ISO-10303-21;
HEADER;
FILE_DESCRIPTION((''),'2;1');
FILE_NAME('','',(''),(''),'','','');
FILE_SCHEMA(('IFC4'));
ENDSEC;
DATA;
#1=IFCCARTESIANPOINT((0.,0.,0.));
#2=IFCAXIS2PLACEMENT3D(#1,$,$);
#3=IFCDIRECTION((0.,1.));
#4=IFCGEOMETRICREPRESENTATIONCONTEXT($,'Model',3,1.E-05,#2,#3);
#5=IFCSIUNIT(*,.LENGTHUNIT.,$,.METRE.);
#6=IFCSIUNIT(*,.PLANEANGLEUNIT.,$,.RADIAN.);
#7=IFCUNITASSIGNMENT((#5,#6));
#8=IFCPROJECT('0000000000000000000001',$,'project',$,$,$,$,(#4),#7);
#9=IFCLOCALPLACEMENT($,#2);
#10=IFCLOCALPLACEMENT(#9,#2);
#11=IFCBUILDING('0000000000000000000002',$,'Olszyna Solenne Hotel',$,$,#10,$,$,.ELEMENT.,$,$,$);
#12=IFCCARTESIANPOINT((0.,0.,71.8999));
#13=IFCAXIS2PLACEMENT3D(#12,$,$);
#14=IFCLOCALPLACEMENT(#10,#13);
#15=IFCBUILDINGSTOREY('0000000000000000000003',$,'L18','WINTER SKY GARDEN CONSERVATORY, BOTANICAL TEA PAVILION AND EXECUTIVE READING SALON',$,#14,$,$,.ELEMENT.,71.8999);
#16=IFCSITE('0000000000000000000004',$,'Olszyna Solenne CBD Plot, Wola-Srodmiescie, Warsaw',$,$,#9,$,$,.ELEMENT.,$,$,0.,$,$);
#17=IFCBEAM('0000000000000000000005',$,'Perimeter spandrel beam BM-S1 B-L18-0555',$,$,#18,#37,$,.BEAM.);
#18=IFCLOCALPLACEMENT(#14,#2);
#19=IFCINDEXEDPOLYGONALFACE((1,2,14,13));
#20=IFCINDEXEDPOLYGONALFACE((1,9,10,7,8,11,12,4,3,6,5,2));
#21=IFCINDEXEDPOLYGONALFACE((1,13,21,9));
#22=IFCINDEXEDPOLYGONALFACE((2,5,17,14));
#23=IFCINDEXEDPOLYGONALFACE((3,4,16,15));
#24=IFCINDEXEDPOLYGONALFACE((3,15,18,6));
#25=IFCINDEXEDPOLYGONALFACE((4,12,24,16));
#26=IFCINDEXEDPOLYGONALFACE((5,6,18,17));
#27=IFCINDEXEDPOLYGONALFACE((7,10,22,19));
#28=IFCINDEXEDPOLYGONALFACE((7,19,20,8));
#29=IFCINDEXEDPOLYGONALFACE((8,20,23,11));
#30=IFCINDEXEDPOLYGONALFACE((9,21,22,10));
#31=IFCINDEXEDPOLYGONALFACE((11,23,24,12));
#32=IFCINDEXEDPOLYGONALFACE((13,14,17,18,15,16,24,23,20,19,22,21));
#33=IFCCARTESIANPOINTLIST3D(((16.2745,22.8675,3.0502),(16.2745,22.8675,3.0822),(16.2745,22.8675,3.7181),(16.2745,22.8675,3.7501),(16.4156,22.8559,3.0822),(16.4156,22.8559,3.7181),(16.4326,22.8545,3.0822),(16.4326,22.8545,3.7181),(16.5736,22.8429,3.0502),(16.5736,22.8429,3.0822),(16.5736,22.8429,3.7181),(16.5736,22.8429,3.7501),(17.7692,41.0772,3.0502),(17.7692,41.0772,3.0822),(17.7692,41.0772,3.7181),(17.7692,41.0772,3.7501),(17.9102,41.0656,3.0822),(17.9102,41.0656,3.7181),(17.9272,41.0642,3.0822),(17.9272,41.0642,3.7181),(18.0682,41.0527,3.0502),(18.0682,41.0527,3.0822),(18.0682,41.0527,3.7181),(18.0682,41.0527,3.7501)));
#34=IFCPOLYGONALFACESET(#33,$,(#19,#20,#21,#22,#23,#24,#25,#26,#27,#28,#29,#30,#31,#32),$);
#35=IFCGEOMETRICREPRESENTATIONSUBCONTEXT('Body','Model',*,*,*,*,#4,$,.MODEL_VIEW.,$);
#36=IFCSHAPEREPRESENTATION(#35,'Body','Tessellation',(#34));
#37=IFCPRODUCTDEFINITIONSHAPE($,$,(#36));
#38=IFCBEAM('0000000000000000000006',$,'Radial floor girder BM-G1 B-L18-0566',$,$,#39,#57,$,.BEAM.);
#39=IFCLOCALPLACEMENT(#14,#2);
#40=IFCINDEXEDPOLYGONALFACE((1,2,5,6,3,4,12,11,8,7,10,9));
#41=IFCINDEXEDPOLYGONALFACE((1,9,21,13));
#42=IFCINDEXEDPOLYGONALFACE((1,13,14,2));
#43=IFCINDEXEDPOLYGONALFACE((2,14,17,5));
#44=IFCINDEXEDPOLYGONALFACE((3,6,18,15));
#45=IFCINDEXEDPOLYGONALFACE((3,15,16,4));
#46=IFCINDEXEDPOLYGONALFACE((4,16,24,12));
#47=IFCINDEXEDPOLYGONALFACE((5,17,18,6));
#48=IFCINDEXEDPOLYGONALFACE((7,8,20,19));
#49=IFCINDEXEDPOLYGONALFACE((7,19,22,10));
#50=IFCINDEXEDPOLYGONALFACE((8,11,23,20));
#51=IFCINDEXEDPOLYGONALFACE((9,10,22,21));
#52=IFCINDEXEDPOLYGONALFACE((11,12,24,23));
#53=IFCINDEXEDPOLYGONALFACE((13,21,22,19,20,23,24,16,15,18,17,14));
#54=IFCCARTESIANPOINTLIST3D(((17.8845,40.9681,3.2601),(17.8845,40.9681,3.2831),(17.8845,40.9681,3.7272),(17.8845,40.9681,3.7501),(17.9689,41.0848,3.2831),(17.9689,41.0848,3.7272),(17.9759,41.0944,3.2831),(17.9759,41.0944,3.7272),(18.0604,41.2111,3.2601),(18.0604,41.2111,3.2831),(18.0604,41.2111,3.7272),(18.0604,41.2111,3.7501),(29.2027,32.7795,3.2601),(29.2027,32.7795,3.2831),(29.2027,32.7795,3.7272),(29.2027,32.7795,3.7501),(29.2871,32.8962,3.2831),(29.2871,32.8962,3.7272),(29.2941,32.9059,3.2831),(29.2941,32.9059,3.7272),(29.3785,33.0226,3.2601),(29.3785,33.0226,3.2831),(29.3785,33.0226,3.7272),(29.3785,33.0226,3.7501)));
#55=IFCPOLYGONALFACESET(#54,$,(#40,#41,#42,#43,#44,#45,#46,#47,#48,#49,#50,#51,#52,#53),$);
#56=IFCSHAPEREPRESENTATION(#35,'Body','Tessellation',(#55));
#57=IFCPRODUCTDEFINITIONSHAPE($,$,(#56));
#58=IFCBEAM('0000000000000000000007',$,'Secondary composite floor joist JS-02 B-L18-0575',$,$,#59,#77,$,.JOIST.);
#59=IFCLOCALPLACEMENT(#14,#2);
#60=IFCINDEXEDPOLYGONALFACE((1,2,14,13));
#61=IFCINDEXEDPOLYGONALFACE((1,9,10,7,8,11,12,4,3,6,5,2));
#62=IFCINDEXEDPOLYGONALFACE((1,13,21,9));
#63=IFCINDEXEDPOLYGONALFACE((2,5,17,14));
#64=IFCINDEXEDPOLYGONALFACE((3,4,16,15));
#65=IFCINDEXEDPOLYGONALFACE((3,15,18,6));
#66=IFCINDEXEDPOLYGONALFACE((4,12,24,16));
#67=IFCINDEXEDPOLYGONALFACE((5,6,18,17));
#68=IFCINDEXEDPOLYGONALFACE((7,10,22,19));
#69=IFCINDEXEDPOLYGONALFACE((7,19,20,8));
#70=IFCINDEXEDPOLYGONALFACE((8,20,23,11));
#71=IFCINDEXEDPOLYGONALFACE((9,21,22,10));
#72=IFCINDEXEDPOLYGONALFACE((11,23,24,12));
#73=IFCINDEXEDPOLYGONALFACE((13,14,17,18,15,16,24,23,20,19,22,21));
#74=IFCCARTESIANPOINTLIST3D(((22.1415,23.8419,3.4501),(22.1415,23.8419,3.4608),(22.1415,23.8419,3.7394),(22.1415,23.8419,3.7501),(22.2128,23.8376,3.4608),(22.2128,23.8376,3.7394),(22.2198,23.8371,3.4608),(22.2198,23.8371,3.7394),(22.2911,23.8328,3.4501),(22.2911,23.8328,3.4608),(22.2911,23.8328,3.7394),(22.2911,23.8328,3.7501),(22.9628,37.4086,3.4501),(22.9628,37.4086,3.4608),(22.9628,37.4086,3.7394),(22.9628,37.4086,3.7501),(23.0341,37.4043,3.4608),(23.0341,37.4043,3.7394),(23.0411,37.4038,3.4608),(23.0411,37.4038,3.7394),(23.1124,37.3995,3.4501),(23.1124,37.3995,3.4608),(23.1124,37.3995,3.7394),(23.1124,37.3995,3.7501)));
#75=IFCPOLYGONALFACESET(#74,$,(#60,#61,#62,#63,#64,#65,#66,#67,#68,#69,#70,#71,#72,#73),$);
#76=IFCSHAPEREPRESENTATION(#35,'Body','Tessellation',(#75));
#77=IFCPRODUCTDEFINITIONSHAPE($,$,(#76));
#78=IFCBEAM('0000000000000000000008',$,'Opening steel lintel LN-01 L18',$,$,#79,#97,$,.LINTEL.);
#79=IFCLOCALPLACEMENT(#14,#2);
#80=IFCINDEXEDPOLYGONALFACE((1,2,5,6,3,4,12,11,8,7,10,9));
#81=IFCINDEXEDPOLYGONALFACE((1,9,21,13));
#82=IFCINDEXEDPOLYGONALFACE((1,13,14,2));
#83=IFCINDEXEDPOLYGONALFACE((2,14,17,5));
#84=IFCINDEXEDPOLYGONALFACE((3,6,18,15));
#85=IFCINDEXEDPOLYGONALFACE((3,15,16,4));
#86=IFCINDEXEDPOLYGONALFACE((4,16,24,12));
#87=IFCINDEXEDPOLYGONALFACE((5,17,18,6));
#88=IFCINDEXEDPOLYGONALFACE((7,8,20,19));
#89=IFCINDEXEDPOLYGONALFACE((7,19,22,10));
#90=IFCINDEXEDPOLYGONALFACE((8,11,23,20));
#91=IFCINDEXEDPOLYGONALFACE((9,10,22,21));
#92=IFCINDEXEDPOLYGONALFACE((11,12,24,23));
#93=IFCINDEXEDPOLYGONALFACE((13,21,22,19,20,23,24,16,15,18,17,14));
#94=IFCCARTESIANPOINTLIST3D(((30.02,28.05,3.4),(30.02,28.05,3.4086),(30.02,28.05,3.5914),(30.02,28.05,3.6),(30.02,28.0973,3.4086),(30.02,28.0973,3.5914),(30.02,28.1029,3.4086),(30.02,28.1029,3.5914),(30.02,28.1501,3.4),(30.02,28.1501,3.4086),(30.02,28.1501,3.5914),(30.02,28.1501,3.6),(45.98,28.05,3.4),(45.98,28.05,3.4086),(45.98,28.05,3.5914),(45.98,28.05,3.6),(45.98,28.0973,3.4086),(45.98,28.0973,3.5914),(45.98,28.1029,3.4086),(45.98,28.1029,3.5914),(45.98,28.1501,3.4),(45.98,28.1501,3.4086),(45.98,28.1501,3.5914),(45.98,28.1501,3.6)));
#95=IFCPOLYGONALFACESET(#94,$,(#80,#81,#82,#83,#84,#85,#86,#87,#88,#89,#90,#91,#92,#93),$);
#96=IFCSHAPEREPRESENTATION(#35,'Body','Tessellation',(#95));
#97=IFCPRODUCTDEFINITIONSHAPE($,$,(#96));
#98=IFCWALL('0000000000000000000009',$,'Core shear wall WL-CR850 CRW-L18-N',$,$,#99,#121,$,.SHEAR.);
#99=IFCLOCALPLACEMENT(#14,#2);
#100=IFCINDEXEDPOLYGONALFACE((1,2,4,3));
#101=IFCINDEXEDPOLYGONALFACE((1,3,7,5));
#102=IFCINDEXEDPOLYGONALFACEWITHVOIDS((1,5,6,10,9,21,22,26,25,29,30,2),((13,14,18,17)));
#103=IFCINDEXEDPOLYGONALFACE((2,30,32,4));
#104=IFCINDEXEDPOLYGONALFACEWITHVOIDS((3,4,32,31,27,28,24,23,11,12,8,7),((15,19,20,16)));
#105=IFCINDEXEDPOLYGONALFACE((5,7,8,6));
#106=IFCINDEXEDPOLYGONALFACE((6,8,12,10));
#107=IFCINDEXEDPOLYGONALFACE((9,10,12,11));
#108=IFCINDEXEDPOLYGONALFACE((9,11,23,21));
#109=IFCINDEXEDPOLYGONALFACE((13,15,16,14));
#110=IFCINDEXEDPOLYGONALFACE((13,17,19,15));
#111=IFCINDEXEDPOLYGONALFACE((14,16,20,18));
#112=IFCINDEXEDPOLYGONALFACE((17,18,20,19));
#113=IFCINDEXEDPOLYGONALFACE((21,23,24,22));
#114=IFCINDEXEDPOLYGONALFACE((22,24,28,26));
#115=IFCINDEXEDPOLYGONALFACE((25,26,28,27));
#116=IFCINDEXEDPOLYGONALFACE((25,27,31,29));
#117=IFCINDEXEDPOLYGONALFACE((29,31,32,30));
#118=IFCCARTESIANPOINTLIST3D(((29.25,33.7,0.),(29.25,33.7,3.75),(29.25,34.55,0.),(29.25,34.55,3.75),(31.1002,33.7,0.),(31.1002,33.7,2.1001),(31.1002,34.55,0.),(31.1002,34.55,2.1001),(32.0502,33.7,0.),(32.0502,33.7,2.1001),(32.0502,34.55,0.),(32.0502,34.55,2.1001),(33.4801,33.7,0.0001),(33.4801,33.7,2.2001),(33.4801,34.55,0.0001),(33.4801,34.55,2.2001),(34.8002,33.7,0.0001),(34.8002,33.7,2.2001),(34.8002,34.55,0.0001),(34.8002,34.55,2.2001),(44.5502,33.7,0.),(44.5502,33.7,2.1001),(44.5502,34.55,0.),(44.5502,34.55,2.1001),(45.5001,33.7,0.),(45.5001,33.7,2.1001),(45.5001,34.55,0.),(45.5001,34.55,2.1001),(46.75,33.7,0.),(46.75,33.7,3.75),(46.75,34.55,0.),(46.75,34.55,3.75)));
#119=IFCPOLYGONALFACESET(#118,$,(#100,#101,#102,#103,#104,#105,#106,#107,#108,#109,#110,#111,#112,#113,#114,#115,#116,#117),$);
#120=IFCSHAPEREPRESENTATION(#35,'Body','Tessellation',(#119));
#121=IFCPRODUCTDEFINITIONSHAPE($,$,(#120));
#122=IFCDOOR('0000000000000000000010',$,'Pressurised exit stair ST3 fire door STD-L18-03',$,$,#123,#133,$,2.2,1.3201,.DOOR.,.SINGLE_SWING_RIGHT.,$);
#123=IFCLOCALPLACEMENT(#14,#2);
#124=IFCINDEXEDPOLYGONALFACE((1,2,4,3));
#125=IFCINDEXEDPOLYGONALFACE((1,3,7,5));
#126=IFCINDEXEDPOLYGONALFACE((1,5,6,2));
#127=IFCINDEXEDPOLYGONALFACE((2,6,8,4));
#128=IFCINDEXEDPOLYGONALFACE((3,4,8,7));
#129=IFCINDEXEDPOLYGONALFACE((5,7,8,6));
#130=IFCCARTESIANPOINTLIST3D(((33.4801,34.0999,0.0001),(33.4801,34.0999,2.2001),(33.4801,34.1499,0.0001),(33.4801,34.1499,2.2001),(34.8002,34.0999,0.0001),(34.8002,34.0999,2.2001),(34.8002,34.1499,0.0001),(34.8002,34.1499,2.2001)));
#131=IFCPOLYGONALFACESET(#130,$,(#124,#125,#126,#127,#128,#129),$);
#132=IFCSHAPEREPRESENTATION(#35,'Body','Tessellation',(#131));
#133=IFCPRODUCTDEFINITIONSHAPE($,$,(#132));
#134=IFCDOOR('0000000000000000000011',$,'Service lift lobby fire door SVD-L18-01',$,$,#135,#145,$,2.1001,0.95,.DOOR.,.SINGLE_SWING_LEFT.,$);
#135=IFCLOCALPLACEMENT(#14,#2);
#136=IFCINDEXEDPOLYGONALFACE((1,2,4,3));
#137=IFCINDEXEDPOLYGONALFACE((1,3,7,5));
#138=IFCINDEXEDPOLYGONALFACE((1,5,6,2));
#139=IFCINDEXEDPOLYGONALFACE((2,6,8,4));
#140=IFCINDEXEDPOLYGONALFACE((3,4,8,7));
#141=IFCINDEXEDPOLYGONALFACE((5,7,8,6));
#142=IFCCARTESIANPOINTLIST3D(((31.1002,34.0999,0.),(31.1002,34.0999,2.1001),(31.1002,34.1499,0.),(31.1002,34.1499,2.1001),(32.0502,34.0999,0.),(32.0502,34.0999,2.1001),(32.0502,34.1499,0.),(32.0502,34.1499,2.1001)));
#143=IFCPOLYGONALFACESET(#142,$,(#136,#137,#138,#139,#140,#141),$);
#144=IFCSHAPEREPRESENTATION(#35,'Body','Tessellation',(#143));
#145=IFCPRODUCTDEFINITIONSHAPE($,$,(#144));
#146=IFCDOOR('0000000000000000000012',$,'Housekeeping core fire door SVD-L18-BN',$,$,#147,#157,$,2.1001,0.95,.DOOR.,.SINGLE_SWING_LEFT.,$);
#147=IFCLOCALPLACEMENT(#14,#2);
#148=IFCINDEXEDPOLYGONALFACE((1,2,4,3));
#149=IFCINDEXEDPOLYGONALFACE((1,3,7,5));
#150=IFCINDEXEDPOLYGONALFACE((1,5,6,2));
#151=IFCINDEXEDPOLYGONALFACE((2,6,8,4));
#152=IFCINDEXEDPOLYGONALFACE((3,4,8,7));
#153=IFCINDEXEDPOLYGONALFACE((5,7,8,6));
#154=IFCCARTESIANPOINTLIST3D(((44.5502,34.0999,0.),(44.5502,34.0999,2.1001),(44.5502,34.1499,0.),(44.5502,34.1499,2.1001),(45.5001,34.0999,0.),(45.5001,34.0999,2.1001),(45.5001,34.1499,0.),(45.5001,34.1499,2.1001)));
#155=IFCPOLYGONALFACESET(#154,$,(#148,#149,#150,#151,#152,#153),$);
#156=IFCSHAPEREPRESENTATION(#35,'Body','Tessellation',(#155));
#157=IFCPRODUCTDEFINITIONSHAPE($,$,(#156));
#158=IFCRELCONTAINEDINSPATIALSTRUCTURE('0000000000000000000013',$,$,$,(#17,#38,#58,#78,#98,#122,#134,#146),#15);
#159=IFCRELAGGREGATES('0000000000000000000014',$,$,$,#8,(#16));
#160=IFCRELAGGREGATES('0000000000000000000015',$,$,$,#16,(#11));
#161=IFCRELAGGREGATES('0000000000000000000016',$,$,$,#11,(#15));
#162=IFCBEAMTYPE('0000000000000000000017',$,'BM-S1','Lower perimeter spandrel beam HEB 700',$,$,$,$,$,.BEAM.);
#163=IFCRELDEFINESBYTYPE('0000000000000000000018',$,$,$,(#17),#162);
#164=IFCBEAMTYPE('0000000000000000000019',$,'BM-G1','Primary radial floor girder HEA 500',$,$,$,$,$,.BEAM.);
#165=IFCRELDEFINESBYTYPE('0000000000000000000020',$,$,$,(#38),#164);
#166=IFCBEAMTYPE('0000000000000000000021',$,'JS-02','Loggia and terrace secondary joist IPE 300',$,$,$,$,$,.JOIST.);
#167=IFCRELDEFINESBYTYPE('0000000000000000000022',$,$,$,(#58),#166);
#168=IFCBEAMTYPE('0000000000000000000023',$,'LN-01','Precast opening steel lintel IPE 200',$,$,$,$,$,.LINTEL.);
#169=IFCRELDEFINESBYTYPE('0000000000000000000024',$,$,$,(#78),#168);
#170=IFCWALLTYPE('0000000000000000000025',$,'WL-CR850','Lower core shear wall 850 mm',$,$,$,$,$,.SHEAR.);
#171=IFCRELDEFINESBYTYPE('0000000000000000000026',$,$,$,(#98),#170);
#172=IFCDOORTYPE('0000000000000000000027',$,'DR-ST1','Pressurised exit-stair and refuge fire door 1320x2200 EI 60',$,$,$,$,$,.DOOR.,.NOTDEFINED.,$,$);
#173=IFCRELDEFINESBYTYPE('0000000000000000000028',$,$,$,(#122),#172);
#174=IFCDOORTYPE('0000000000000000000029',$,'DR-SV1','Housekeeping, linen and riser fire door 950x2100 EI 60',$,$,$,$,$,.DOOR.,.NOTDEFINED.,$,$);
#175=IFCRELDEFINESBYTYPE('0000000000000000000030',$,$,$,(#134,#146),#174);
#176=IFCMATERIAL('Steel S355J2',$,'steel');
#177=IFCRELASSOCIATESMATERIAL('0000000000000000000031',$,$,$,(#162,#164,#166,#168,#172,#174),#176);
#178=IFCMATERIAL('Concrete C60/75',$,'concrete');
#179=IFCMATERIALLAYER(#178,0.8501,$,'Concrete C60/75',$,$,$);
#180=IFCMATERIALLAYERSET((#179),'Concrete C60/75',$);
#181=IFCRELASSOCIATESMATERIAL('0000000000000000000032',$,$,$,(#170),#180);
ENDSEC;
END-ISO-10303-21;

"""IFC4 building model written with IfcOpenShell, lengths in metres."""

from ifc_helpers import new_model, si_unit, direction, frame, frame_2d, origin, origin_2d, place, context, subcontext, project, spatial, rectangle, i_section, extrude, source, transform, mapped, material, layer, layer_set, material_profile, profile_set, type_object, type_shapes, element, fill, save


model = new_model("IFC4")

# Units and contexts
model_context = context("Model", 3, precision=1e-05, world=origin(), true_north=direction((0.0, 1.0)))
body_context = subcontext(model_context, "Body", "Model", "MODEL_VIEW")
ifc_project = project(units=[si_unit("LENGTHUNIT", "METRE"), si_unit("PLANEANGLEUNIT", "RADIAN")], contexts=[model_context])

# Site, building, storey
site_placement = place(None, origin())
site = spatial("IfcSite", under=ifc_project, at=site_placement, Name="Olszyna Solenne CBD Plot, Wola-Srodmiescie, Warsaw", CompositionType="ELEMENT", RefElevation=0.0)
building_placement = place(site_placement, origin())
building = spatial("IfcBuilding", under=site, at=building_placement, Name="Olszyna Solenne Hotel", CompositionType="ELEMENT")
storey_placement = place(building_placement, frame((0.0, 0.0, 71.8999)))
storey = spatial("IfcBuildingStorey", under=building, at=storey_placement, Name="L18", Description="WINTER SKY GARDEN CONSERVATORY, BOTANICAL TEA PAVILION AND EXECUTIVE READING SALON", CompositionType="ELEMENT", Elevation=71.8999)

# Beams
ifc_material_1 = material(Name="Steel S355J2", Category="steel")
ifc_material_profile_1 = material_profile(ifc_material_1, i_section(OverallWidth=0.3, OverallDepth=0.7, WebThickness=0.0171, FlangeThickness=0.032, at=origin_2d()), Name="HEB 700", Category="load-bearing")
ifc_profile_set_1 = profile_set([ifc_material_profile_1], Name="Steel S355J2")
beam_type_1 = type_object("IfcBeamType", Name="BM-S1", Description="Lower perimeter spandrel beam HEB 700", PredefinedType="BEAM", material=ifc_profile_set_1)
shared_shape_1 = source(origin(), body_context, "Body", "SweptSolid", [
    extrude(i_section(OverallWidth=0.3, OverallDepth=0.7, WebThickness=0.0171, FlangeThickness=0.032, at=origin_2d()), origin(), (0.0, 0.0, 1.0), 18.271),
])
beam_1_placement = place(storey_placement, frame((17.9187, 41.0649, 3.4001), z_axis=(-0.081804, -0.996648, 0.0), x_axis=(0.996648, -0.081804, 0.0)))
element("IfcBeam", 1, at=beam_1_placement, inside=storey, type_object=beam_type_1, Name="Perimeter spandrel beam BM-S1 B-L18-0555", PredefinedType="BEAM", context=body_context, shape_type="MappedRepresentation", body=[
    mapped(shared_shape_1, transform((0.0, 0.0, 0.0), x_axis=(1.0, 0.0, 0.0), y_axis=(0.0, 1.0, 0.0), z_axis=(0.0, 0.0, 1.0), scale=1.0)),
])
ifc_material_profile_2 = material_profile(ifc_material_1, i_section(OverallWidth=0.3, OverallDepth=0.49, WebThickness=0.012, FlangeThickness=0.0229, at=origin_2d()), Name="HEA 500", Category="load-bearing")
ifc_profile_set_2 = profile_set([ifc_material_profile_2], Name="Steel S355J2")
beam_type_2 = type_object("IfcBeamType", Name="BM-G1", Description="Primary radial floor girder HEA 500", PredefinedType="BEAM", material=ifc_profile_set_2)
shared_shape_2 = source(origin(), body_context, "Body", "SweptSolid", [
    extrude(i_section(OverallWidth=0.3, OverallDepth=0.49, WebThickness=0.012, FlangeThickness=0.0229, at=origin_2d()), origin(), (0.0, 0.0, 1.0), 13.9697),
])
beam_2_placement = place(storey_placement, frame((17.9724, 41.0896, 3.5051), z_axis=(0.810194, -0.586162, 0.0), x_axis=(0.586162, 0.810194, 0.0)))
element("IfcBeam", 2, at=beam_2_placement, inside=storey, type_object=beam_type_2, Name="Radial floor girder BM-G1 B-L18-0566", PredefinedType="BEAM", context=body_context, shape_type="MappedRepresentation", body=[
    mapped(shared_shape_2, transform((0.0, 0.0, 0.0), x_axis=(1.0, 0.0, 0.0), y_axis=(0.0, 1.0, 0.0), z_axis=(0.0, 0.0, 1.0), scale=1.0)),
])
ifc_material_profile_3 = material_profile(ifc_material_1, i_section(OverallWidth=0.1499, OverallDepth=0.3, WebThickness=0.0071, FlangeThickness=0.0107, at=origin_2d()), Name="IPE 300", Category="load-bearing")
ifc_profile_set_3 = profile_set([ifc_material_profile_3], Name="Steel S355J2")
beam_type_3 = type_object("IfcBeamType", Name="JS-02", Description="Loggia and terrace secondary joist IPE 300", PredefinedType="JOIST", material=ifc_profile_set_3)
shared_shape_3 = source(origin(), body_context, "Body", "SweptSolid", [
    extrude(i_section(OverallWidth=0.1499, OverallDepth=0.3, WebThickness=0.0071, FlangeThickness=0.0107, at=origin_2d()), origin(), (0.0, 0.0, 1.0), 13.5916),
])
beam_3_placement = place(storey_placement, frame((23.0376, 37.4041, 3.6001), z_axis=(-0.060427, -0.998173, 0.0), x_axis=(0.998173, -0.060427, 0.0)))
element("IfcBeam", 3, at=beam_3_placement, inside=storey, type_object=beam_type_3, Name="Secondary composite floor joist JS-02 B-L18-0575", PredefinedType="JOIST", context=body_context, shape_type="MappedRepresentation", body=[
    mapped(shared_shape_3, transform((0.0, 0.0, 0.0), x_axis=(1.0, 0.0, 0.0), y_axis=(0.0, 1.0, 0.0), z_axis=(0.0, 0.0, 1.0), scale=1.0)),
])
ifc_material_profile_4 = material_profile(ifc_material_1, i_section(OverallWidth=0.1001, OverallDepth=0.2, WebThickness=0.0056, FlangeThickness=0.0085, at=origin_2d()), Name="IPE 200", Category="load-bearing")
ifc_profile_set_4 = profile_set([ifc_material_profile_4], Name="Steel S355J2")
beam_type_4 = type_object("IfcBeamType", Name="LN-01", Description="Precast opening steel lintel IPE 200", PredefinedType="LINTEL", material=ifc_profile_set_4)
shared_shape_4 = source(origin(), body_context, "Body", "SweptSolid", [
    extrude(i_section(OverallWidth=0.1001, OverallDepth=0.2, WebThickness=0.0056, FlangeThickness=0.0085, at=origin_2d()), origin(), (0.0, 0.0, 1.0), 15.96),
])
beam_4_placement = place(storey_placement, frame((30.02, 28.1001, 3.5), z_axis=(1.0, 0.0, 0.0), x_axis=(0.0, 1.0, 0.0)))
element("IfcBeam", 4, at=beam_4_placement, inside=storey, type_object=beam_type_4, Name="Opening steel lintel LN-01 L18", PredefinedType="LINTEL", context=body_context, shape_type="MappedRepresentation", body=[
    mapped(shared_shape_4, transform((0.0, 0.0, 0.0), x_axis=(1.0, 0.0, 0.0), y_axis=(0.0, 1.0, 0.0), z_axis=(0.0, 0.0, 1.0), scale=1.0)),
])

# Wall, openings, doors
ifc_material_2 = material(Name="Concrete C60/75", Category="concrete")
ifc_layer_1 = layer(ifc_material_2, 0.8501, Name="Concrete C60/75")
ifc_layer_set_1 = layer_set([ifc_layer_1], Name="Concrete C60/75")
wall_type_1 = type_object("IfcWallType", Name="WL-CR850", Description="Lower core shear wall 850 mm", PredefinedType="SHEAR", material=ifc_layer_set_1)
wall_1_placement = place(storey_placement, frame((29.25, 34.125, 0.0), z_axis=(0.0, 0.0, 1.0), x_axis=(1.0, 0.0, 0.0)))
wall_1 = element("IfcWall", 5, at=wall_1_placement, inside=storey, type_object=wall_type_1, Name="Core shear wall WL-CR850 CRW-L18-N", PredefinedType="SHEAR", context=body_context, shape_type="SweptSolid", body=[
    extrude(rectangle(XDim=17.5, YDim=0.8501, at=frame_2d((8.75, 0.0))), origin(), (0.0, 0.0, 1.0), 3.75),
])
opening_1_placement = place(wall_1_placement, frame((1.8501, 0.0, 0.0)))
opening_1 = element("IfcOpeningElement", 6, at=opening_1_placement, cuts=wall_1, PredefinedType="OPENING", context=body_context, shape_type="SweptSolid", body=[
    extrude(rectangle(XDim=0.95, YDim=2.1001, at=frame_2d((0.4751, 1.05))), frame((0.0, 0.4351, 0.0), z_axis=(0.0, -1.0, 0.0), x_axis=(1.0, 0.0, 0.0)), (0.0, 0.0, 1.0), 0.8701),
])
opening_2_placement = place(wall_1_placement, frame((4.23, 0.0, 0.0)))
opening_2 = element("IfcOpeningElement", 7, at=opening_2_placement, cuts=wall_1, PredefinedType="OPENING", context=body_context, shape_type="SweptSolid", body=[
    extrude(rectangle(XDim=1.3201, YDim=2.2, at=frame_2d((0.6602, 1.1001))), frame((0.0, 0.4351, 0.0), z_axis=(0.0, -1.0, 0.0), x_axis=(1.0, 0.0, 0.0)), (0.0, 0.0, 1.0), 0.8701),
])
opening_3_placement = place(wall_1_placement, frame((15.3, 0.0, 0.0)))
opening_3 = element("IfcOpeningElement", 8, at=opening_3_placement, cuts=wall_1, PredefinedType="OPENING", context=body_context, shape_type="SweptSolid", body=[
    extrude(rectangle(XDim=0.95, YDim=2.1001, at=frame_2d((0.4751, 1.05))), frame((0.0, 0.4351, 0.0), z_axis=(0.0, -1.0, 0.0), x_axis=(1.0, 0.0, 0.0)), (0.0, 0.0, 1.0), 0.8701),
])
door_type_1 = type_object("IfcDoorType", Name="DR-ST1", Description="Pressurised exit-stair and refuge fire door 1320x2200 EI 60", OperationType="NOTDEFINED", PredefinedType="DOOR", material=ifc_material_1)
shared_shape_5 = source(origin(), body_context, "Body", "SweptSolid", [
    extrude(rectangle(XDim=1.3201, YDim=2.2, at=frame_2d((0.6602, 1.1001))), frame((0.0, 0.0249, 0.0), z_axis=(0.0, -1.0, 0.0), x_axis=(1.0, 0.0, 0.0)), (0.0, 0.0, 1.0), 0.05),
])
type_shapes(door_type_1, [shared_shape_5])
door_1_placement = place(opening_2_placement, origin())
door_1 = element("IfcDoor", 9, at=door_1_placement, inside=storey, type_object=door_type_1, Name="Pressurised exit stair ST3 fire door STD-L18-03", OperationType="SINGLE_SWING_RIGHT", OverallHeight=2.2, OverallWidth=1.3201, PredefinedType="DOOR", context=body_context, shape_type="MappedRepresentation", body=[
    mapped(shared_shape_5, transform((0.0, 0.0, 0.0), x_axis=(1.0, 0.0, 0.0), y_axis=(0.0, 1.0, 0.0), z_axis=(0.0, 0.0, 1.0), scale=1.0)),
])
fill(opening_2, door_1)
door_type_2 = type_object("IfcDoorType", Name="DR-SV1", Description="Housekeeping, linen and riser fire door 950x2100 EI 60", OperationType="NOTDEFINED", PredefinedType="DOOR", material=ifc_material_1)
shared_shape_6 = source(origin(), body_context, "Body", "SweptSolid", [
    extrude(rectangle(XDim=0.95, YDim=2.1001, at=frame_2d((0.4751, 1.05))), frame((0.0, 0.0249, 0.0), z_axis=(0.0, -1.0, 0.0), x_axis=(1.0, 0.0, 0.0)), (0.0, 0.0, 1.0), 0.05),
])
type_shapes(door_type_2, [shared_shape_6])
door_2_placement = place(opening_1_placement, origin())
door_2 = element("IfcDoor", 10, at=door_2_placement, inside=storey, type_object=door_type_2, Name="Service lift lobby fire door SVD-L18-01", OperationType="SINGLE_SWING_LEFT", OverallHeight=2.1001, OverallWidth=0.95, PredefinedType="DOOR", context=body_context, shape_type="MappedRepresentation", body=[
    mapped(shared_shape_6, transform((0.0, 0.0, 0.0), x_axis=(1.0, 0.0, 0.0), y_axis=(0.0, 1.0, 0.0), z_axis=(0.0, 0.0, 1.0), scale=1.0)),
])
fill(opening_1, door_2)
door_3_placement = place(opening_3_placement, origin())
door_3 = element("IfcDoor", 11, at=door_3_placement, inside=storey, type_object=door_type_2, Name="Housekeeping core fire door SVD-L18-BN", OperationType="SINGLE_SWING_LEFT", OverallHeight=2.1001, OverallWidth=0.95, PredefinedType="DOOR", context=body_context, shape_type="MappedRepresentation", body=[
    mapped(shared_shape_6, transform((0.0, 0.0, 0.0), x_axis=(1.0, 0.0, 0.0), y_axis=(0.0, 1.0, 0.0), z_axis=(0.0, 0.0, 1.0), scale=1.0)),
])
fill(opening_3, door_3)

save(model, "model.ifc")
